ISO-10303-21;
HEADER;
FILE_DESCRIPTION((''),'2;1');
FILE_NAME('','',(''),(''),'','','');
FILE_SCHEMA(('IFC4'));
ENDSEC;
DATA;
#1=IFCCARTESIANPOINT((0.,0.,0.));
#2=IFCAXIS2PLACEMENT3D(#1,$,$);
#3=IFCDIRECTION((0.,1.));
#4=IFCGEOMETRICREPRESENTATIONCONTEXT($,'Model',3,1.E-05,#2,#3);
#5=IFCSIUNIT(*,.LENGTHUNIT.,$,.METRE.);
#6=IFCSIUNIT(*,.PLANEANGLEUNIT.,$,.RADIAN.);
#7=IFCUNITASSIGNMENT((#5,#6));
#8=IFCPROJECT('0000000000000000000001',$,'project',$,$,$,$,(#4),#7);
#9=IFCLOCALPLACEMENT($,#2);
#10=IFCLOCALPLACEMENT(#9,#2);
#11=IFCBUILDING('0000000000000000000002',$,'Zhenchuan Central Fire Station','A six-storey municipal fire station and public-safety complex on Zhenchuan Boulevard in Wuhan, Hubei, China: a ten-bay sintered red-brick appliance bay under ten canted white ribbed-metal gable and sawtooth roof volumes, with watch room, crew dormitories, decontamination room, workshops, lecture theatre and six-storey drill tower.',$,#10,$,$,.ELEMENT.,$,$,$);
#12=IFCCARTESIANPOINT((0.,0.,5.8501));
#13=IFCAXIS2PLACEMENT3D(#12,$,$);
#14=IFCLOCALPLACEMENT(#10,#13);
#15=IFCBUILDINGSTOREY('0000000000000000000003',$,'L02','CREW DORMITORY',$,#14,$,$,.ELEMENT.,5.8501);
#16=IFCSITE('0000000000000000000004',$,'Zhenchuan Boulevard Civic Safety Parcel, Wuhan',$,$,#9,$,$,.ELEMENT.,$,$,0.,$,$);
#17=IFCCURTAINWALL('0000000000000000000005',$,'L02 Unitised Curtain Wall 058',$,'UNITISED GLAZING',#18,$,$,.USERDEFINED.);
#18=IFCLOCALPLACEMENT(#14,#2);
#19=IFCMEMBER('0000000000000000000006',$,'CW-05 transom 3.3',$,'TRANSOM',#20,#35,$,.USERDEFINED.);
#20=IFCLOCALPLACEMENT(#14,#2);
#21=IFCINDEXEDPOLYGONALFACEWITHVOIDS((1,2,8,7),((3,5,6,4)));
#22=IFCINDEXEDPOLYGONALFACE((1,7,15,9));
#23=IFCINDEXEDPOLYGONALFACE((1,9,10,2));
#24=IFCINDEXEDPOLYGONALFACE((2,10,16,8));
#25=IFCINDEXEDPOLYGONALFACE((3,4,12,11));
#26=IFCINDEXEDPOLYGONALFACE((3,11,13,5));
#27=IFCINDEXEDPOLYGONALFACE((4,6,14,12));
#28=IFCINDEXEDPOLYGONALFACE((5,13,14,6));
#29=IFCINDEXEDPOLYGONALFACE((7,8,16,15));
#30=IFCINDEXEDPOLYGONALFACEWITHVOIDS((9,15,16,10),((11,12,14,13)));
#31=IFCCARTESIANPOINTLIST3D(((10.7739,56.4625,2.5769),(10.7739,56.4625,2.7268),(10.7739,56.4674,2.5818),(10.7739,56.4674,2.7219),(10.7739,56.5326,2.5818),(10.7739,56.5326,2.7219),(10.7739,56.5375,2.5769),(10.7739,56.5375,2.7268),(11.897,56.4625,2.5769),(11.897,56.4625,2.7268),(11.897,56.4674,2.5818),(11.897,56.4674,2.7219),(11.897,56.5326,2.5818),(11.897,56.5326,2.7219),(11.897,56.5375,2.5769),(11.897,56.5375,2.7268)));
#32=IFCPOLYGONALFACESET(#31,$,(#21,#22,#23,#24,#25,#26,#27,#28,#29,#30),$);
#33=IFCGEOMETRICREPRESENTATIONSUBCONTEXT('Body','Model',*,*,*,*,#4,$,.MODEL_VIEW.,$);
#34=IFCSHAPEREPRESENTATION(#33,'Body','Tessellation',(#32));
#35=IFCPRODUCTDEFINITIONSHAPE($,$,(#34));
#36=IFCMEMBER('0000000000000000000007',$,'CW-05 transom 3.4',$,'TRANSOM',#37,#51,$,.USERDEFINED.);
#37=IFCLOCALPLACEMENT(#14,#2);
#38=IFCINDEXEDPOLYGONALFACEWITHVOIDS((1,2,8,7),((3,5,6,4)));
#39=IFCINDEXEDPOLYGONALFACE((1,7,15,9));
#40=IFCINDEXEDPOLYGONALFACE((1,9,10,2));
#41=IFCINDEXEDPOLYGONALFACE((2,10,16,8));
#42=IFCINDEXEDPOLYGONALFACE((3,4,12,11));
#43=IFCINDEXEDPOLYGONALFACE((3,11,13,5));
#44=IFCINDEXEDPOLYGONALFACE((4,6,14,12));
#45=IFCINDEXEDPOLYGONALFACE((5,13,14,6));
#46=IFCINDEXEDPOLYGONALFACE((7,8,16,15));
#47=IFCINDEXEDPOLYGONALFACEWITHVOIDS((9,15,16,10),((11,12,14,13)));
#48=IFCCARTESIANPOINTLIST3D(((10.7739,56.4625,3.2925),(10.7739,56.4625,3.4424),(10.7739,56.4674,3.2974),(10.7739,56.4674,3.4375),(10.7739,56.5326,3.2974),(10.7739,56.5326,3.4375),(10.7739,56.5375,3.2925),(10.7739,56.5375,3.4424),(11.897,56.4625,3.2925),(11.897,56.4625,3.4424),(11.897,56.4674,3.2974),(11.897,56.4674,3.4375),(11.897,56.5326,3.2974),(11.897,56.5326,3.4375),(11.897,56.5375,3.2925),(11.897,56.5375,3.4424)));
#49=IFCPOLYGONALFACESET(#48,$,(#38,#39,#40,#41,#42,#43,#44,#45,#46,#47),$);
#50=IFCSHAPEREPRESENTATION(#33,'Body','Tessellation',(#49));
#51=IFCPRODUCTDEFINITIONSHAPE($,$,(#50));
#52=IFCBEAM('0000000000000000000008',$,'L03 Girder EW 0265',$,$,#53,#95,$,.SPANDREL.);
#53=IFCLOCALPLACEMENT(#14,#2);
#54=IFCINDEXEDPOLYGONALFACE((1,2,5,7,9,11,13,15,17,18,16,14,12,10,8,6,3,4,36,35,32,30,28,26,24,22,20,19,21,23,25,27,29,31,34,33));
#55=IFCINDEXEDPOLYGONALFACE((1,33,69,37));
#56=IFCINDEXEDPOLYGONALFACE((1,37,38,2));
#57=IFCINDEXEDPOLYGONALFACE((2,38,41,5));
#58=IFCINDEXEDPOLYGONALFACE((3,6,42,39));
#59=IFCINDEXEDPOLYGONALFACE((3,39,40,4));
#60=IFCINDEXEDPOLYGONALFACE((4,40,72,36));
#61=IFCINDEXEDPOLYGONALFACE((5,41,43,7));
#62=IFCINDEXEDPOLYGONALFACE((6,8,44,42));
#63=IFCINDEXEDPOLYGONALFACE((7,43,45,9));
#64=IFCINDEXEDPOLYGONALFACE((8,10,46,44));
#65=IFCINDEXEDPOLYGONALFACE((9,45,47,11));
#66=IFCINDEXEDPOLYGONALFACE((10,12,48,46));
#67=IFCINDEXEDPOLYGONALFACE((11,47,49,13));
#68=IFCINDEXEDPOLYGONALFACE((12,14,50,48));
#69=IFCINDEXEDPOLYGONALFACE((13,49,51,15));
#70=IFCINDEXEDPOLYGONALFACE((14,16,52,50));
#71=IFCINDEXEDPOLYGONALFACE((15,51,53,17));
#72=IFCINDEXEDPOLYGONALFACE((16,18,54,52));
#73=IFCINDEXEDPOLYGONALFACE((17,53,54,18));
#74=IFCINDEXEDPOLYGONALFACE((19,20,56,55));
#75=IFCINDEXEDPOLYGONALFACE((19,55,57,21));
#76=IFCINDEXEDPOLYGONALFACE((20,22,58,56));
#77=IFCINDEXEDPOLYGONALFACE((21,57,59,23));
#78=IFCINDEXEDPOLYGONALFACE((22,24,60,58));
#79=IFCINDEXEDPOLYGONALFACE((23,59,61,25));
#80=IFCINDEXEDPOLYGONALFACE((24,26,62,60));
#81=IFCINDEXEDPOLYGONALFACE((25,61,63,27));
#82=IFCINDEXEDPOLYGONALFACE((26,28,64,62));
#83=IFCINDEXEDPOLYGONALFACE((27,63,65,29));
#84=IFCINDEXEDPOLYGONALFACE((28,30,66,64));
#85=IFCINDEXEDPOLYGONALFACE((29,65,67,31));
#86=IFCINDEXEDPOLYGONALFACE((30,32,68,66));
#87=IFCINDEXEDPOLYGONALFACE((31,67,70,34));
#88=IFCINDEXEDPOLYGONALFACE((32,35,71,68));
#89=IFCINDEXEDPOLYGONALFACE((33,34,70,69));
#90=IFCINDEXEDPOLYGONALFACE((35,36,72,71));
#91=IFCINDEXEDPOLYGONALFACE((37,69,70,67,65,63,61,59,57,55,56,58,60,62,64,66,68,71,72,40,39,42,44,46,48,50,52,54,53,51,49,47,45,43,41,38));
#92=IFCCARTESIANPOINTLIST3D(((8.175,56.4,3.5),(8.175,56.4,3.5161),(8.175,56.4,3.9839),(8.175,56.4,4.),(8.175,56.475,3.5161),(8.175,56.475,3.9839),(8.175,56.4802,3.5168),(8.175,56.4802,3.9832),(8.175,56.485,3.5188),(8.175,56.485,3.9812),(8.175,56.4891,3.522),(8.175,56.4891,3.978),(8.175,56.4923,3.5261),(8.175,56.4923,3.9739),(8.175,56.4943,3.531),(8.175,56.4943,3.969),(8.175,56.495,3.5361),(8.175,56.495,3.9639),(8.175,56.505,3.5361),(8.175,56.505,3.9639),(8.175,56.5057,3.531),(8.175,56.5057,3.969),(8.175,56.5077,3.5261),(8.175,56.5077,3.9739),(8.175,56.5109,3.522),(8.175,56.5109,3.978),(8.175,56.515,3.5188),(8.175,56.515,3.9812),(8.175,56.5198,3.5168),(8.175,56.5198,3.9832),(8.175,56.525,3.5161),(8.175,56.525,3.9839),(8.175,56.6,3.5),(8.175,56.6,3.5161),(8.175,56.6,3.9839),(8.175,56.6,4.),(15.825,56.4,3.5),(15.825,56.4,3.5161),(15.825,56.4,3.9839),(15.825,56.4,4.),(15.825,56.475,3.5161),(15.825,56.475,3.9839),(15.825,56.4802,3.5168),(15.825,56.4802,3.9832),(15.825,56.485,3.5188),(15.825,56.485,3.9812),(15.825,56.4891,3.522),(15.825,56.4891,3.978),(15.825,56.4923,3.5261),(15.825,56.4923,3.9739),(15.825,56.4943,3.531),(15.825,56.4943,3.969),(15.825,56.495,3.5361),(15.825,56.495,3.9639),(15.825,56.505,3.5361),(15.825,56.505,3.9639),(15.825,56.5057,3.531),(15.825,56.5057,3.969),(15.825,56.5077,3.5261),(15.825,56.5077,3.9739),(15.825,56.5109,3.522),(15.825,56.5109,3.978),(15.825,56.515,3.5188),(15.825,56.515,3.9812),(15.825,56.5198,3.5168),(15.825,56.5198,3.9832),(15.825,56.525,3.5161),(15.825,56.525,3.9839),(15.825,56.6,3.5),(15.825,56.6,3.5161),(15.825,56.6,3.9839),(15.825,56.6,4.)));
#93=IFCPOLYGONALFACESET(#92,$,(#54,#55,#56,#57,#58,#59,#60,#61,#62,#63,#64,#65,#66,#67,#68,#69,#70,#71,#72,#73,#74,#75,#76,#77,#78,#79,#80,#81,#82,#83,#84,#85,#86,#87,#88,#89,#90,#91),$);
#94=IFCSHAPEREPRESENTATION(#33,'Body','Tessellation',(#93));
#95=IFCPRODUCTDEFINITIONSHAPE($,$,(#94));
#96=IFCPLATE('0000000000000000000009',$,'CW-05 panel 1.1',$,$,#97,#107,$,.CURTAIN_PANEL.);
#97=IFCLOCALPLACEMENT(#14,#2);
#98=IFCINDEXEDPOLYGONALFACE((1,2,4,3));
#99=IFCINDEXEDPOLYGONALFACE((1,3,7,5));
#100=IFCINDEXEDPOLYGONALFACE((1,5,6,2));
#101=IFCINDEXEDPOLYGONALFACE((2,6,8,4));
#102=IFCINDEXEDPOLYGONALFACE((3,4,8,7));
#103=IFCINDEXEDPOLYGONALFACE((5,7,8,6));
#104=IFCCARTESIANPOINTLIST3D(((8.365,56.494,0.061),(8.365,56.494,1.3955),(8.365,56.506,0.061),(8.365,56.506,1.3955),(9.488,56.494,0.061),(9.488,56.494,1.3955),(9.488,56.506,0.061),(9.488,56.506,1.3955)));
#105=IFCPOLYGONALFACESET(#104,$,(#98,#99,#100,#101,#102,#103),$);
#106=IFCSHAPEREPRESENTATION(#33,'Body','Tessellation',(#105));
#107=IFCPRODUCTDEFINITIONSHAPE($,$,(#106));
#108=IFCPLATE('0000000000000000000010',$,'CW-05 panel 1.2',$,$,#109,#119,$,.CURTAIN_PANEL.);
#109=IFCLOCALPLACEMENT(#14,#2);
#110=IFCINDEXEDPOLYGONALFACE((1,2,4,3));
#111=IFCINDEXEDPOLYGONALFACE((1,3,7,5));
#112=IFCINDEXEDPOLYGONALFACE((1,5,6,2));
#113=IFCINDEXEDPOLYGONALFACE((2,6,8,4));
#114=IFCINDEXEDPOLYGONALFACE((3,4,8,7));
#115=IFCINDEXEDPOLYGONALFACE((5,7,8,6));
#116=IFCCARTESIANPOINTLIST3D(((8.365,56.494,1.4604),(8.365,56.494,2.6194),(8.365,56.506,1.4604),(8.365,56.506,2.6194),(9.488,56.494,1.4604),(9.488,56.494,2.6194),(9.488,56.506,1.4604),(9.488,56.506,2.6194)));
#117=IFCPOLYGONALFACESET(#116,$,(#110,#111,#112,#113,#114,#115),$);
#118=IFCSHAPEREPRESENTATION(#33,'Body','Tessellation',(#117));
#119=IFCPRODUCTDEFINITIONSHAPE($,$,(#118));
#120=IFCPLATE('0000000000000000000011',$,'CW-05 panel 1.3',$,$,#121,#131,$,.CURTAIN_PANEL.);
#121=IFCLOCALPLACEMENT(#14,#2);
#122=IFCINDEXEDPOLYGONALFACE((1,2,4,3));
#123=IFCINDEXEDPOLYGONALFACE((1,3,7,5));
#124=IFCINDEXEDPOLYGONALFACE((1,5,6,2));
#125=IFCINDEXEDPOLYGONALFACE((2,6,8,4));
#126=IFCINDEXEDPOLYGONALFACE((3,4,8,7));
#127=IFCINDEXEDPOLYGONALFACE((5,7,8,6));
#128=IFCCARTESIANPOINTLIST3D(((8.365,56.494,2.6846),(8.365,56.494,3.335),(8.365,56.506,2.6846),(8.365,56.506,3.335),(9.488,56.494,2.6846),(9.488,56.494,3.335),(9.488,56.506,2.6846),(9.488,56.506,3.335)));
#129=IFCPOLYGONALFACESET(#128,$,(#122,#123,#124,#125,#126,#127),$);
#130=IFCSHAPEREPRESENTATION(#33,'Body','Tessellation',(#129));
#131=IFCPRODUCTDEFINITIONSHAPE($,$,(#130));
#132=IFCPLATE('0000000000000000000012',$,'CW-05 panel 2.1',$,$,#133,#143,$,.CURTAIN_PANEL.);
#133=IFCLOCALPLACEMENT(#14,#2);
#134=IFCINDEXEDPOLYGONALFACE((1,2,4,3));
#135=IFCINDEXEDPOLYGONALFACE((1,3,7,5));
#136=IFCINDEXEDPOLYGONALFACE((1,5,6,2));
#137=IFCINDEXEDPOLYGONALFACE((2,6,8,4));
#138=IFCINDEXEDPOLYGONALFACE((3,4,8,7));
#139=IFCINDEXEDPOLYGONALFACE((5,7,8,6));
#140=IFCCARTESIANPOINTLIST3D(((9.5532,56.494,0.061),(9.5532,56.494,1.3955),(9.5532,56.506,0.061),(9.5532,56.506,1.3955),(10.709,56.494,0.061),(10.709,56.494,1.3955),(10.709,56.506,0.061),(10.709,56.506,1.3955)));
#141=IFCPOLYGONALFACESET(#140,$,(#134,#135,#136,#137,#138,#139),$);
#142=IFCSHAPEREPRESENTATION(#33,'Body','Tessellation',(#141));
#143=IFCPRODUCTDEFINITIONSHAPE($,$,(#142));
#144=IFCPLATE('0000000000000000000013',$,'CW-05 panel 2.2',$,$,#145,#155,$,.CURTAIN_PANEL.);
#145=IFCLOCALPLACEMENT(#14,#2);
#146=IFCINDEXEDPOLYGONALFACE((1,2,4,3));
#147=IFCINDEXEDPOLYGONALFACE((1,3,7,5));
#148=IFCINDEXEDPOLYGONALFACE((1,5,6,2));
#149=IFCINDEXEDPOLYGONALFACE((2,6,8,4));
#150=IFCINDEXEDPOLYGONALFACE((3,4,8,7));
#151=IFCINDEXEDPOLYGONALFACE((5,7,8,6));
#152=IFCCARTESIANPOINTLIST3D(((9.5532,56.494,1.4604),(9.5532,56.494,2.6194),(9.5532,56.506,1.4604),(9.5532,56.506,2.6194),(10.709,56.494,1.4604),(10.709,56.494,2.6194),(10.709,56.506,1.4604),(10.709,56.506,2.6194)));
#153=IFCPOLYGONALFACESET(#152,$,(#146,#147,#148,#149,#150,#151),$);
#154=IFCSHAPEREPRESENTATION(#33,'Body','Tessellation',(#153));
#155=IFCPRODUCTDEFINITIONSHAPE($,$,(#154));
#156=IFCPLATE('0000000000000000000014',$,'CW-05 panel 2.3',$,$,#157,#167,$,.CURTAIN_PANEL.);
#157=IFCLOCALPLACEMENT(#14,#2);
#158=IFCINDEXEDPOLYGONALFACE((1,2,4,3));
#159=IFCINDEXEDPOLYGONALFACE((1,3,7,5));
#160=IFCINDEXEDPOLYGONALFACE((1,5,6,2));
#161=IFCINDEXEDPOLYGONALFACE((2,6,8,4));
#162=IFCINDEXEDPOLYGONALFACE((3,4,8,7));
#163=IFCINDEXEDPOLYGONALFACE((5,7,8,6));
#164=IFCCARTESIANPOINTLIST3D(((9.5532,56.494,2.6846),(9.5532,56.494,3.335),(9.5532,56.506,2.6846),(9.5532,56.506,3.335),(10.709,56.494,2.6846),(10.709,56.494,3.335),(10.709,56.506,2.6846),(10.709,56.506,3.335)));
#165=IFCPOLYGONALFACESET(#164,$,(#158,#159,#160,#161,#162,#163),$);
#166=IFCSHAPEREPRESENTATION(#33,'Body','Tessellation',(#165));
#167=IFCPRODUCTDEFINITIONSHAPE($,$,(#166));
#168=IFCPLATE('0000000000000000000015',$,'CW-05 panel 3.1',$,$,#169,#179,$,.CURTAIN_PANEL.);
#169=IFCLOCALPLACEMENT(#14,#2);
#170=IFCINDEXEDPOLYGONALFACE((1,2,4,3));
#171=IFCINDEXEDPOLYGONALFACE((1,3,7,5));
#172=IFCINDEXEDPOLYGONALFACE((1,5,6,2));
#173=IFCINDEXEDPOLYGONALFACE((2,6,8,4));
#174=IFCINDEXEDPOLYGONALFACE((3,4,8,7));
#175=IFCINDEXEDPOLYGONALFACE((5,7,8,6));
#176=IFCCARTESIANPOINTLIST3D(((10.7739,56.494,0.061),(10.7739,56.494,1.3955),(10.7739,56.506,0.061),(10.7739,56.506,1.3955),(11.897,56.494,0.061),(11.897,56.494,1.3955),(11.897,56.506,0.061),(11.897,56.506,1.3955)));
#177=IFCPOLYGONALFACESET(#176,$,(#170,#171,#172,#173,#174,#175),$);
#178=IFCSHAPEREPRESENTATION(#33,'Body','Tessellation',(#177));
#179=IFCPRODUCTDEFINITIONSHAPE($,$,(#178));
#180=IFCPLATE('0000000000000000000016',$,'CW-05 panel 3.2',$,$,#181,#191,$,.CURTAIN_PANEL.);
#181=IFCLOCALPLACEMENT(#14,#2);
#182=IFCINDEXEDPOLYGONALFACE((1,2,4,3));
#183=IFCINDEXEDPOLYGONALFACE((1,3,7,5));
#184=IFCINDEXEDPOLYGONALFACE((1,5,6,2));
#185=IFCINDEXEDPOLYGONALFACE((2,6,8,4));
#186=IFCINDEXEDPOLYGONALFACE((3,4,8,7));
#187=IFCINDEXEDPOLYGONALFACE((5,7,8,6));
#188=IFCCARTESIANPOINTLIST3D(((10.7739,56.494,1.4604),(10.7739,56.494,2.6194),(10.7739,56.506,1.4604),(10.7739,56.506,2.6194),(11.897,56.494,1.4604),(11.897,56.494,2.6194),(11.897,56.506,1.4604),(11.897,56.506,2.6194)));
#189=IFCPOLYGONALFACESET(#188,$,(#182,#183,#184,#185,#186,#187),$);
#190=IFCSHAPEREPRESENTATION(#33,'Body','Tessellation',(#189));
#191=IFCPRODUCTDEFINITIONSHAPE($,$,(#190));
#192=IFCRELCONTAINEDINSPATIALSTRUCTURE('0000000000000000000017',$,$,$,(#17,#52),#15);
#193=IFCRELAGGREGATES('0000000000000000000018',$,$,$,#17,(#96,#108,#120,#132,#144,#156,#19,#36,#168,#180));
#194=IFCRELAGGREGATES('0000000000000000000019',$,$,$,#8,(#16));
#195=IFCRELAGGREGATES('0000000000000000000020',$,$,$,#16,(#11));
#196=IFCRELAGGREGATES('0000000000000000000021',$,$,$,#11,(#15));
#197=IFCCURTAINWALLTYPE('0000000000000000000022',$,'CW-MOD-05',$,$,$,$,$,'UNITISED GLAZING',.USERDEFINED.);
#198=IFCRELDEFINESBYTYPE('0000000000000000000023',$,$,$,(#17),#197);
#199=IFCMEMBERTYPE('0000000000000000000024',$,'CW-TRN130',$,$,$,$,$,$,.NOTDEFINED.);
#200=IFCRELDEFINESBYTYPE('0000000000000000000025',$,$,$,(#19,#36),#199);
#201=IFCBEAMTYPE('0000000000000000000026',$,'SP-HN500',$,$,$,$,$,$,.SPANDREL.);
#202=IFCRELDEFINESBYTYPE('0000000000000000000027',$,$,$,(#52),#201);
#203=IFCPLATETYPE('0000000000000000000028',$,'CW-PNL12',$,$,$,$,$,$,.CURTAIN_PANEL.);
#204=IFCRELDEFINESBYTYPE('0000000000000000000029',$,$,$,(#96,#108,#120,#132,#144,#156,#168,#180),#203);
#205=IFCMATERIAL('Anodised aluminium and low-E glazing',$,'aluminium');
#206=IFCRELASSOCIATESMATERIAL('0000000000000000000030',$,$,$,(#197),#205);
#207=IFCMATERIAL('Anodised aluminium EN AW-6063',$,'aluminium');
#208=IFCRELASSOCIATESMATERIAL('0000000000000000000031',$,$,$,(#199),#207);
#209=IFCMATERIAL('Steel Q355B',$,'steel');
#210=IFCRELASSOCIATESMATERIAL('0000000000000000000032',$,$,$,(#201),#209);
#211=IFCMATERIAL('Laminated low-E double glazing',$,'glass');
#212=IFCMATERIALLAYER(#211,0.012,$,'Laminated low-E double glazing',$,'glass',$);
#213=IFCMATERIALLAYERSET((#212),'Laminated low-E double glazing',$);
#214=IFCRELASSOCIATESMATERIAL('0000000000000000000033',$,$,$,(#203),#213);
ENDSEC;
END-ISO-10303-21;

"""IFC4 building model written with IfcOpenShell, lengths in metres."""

from ifc_helpers import new_model, si_unit, direction, frame, origin, origin_2d, place, context, subcontext, project, spatial, rectangle, hollow_rectangle, i_section, extrude, material, layer, layer_set, material_profile, profile_set, type_object, element, aggregate, save


model = new_model("IFC4")

# Units and contexts
model_context = context("Model", 3, precision=1e-05, world=origin(), true_north=direction((0.0, 1.0)))
body_context = subcontext(model_context, "Body", "Model", "MODEL_VIEW")
ifc_project = project(units=[si_unit("LENGTHUNIT", "METRE"), si_unit("PLANEANGLEUNIT", "RADIAN")], contexts=[model_context])

# Site, building, storey
site_placement = place(None, origin())
site = spatial("IfcSite", under=ifc_project, at=site_placement, Name="Zhenchuan Boulevard Civic Safety Parcel, Wuhan", CompositionType="ELEMENT", RefElevation=0.0)
building_placement = place(site_placement, origin())
building = spatial("IfcBuilding", under=site, at=building_placement, Name="Zhenchuan Central Fire Station", Description="A six-storey municipal fire station and public-safety complex on Zhenchuan Boulevard in Wuhan, Hubei, China: a ten-bay sintered red-brick appliance bay under ten canted white ribbed-metal gable and sawtooth roof volumes, with watch room, crew dormitories, decontamination room, workshops, lecture theatre and six-storey drill tower.", CompositionType="ELEMENT")
storey_placement = place(building_placement, frame((0.0, 0.0, 5.8501)))
storey = spatial("IfcBuildingStorey", under=building, at=storey_placement, Name="L02", Description="CREW DORMITORY", CompositionType="ELEMENT", Elevation=5.8501)

# Shared definitions
ifc_material_1 = material(Name="Steel Q355B", Category="steel")

# Curtain wall, members
ifc_material_2 = material(Name="Anodised aluminium and low-E glazing", Category="aluminium")
curtain_wall_type = type_object("IfcCurtainWallType", Name="CW-MOD-05", ElementType="UNITISED GLAZING", PredefinedType="USERDEFINED", material=ifc_material_2)
curtain_wall_placement = place(storey_placement, origin())
curtain_wall = element("IfcCurtainWall", 1, at=curtain_wall_placement, inside=storey, type_object=curtain_wall_type, Name="L02 Unitised Curtain Wall 058", ObjectType="UNITISED GLAZING", PredefinedType="USERDEFINED")
ifc_material_3 = material(Name="Anodised aluminium EN AW-6063", Category="aluminium")
ifc_material_profile_1 = material_profile(ifc_material_3, hollow_rectangle(XDim=0.075, YDim=0.1499, WallThickness=0.0049, at=origin_2d()), Name="ALU-T 150x75")
ifc_profile_set_1 = profile_set([ifc_material_profile_1], Name="Anodised aluminium EN AW-6063")
member_type_1 = type_object("IfcMemberType", Name="CW-TRN130", PredefinedType="NOTDEFINED", material=ifc_profile_set_1)
member_1_placement = place(storey_placement, frame((10.7739, 56.5, 2.6519), z_axis=(1.0, 0.0, 0.0), x_axis=(0.0, 1.0, 0.0)))
member_1 = element("IfcMember", 2, at=member_1_placement, type_object=member_type_1, Name="CW-05 transom 3.3", ObjectType="TRANSOM", PredefinedType="USERDEFINED", context=body_context, shape_type="SweptSolid", body=[
    extrude(hollow_rectangle(XDim=0.075, YDim=0.1499, WallThickness=0.0049, at=origin_2d()), origin(), (0.0, 0.0, 1.0), 1.123),
])
member_2_placement = place(storey_placement, frame((10.7739, 56.5, 3.3674), z_axis=(1.0, 0.0, 0.0), x_axis=(0.0, 1.0, 0.0)))
member_2 = element("IfcMember", 3, at=member_2_placement, type_object=member_type_1, Name="CW-05 transom 3.4", ObjectType="TRANSOM", PredefinedType="USERDEFINED", context=body_context, shape_type="SweptSolid", body=[
    extrude(hollow_rectangle(XDim=0.075, YDim=0.1499, WallThickness=0.0049, at=origin_2d()), origin(), (0.0, 0.0, 1.0), 1.123),
])

# Beam
ifc_material_profile_2 = material_profile(ifc_material_1, i_section(OverallWidth=0.2, OverallDepth=0.5, WebThickness=0.01, FlangeThickness=0.0161, FilletRadius=0.02, at=origin_2d()), Name="HN 500x200")
ifc_profile_set_2 = profile_set([ifc_material_profile_2], Name="Steel Q355B")
beam_type_1 = type_object("IfcBeamType", Name="SP-HN500", PredefinedType="SPANDREL", material=ifc_profile_set_2)
beam_1_placement = place(storey_placement, frame((8.175, 56.5, 3.75), z_axis=(1.0, 0.0, 0.0), x_axis=(0.0, 1.0, 0.0)))
element("IfcBeam", 4, at=beam_1_placement, inside=storey, type_object=beam_type_1, Name="L03 Girder EW 0265", PredefinedType="SPANDREL", context=body_context, shape_type="SweptSolid", body=[
    extrude(i_section(OverallWidth=0.2, OverallDepth=0.5, WebThickness=0.01, FlangeThickness=0.0161, FilletRadius=0.02, at=origin_2d()), origin(), (0.0, 0.0, 1.0), 7.6499),
])

# Plates
ifc_material_4 = material(Name="Laminated low-E double glazing", Category="glass")
ifc_layer_1 = layer(ifc_material_4, 0.012, Name="Laminated low-E double glazing", Category="glass")
ifc_layer_set_1 = layer_set([ifc_layer_1], Name="Laminated low-E double glazing")
plate_type = type_object("IfcPlateType", Name="CW-PNL12", PredefinedType="CURTAIN_PANEL", material=ifc_layer_set_1)
plate_1_placement = place(storey_placement, frame((8.9265, 56.5, 0.061), z_axis=(0.0, 0.0, 1.0), x_axis=(1.0, 0.0, 0.0)))
plate_1 = element("IfcPlate", 5, at=plate_1_placement, type_object=plate_type, Name="CW-05 panel 1.1", PredefinedType="CURTAIN_PANEL", context=body_context, shape_type="SweptSolid", body=[
    extrude(rectangle(XDim=1.123, YDim=0.012, at=origin_2d()), origin(), (0.0, 0.0, 1.0), 1.3345),
])
plate_2_placement = place(storey_placement, frame((8.9265, 56.5, 1.4604), z_axis=(0.0, 0.0, 1.0), x_axis=(1.0, 0.0, 0.0)))
plate_2 = element("IfcPlate", 6, at=plate_2_placement, type_object=plate_type, Name="CW-05 panel 1.2", PredefinedType="CURTAIN_PANEL", context=body_context, shape_type="SweptSolid", body=[
    extrude(rectangle(XDim=1.123, YDim=0.012, at=origin_2d()), origin(), (0.0, 0.0, 1.0), 1.1589),
])
plate_3_placement = place(storey_placement, frame((8.9265, 56.5, 2.6846), z_axis=(0.0, 0.0, 1.0), x_axis=(1.0, 0.0, 0.0)))
plate_3 = element("IfcPlate", 7, at=plate_3_placement, type_object=plate_type, Name="CW-05 panel 1.3", PredefinedType="CURTAIN_PANEL", context=body_context, shape_type="SweptSolid", body=[
    extrude(rectangle(XDim=1.123, YDim=0.012, at=origin_2d()), origin(), (0.0, 0.0, 1.0), 0.6504),
])
plate_4_placement = place(storey_placement, frame((10.1311, 56.5, 0.061), z_axis=(0.0, 0.0, 1.0), x_axis=(1.0, 0.0, 0.0)))
plate_4 = element("IfcPlate", 8, at=plate_4_placement, type_object=plate_type, Name="CW-05 panel 2.1", PredefinedType="CURTAIN_PANEL", context=body_context, shape_type="SweptSolid", body=[
    extrude(rectangle(XDim=1.1558, YDim=0.012, at=origin_2d()), origin(), (0.0, 0.0, 1.0), 1.3345),
])
plate_5_placement = place(storey_placement, frame((10.1311, 56.5, 1.4604), z_axis=(0.0, 0.0, 1.0), x_axis=(1.0, 0.0, 0.0)))
plate_5 = element("IfcPlate", 9, at=plate_5_placement, type_object=plate_type, Name="CW-05 panel 2.2", PredefinedType="CURTAIN_PANEL", context=body_context, shape_type="SweptSolid", body=[
    extrude(rectangle(XDim=1.1558, YDim=0.012, at=origin_2d()), origin(), (0.0, 0.0, 1.0), 1.1589),
])
plate_6_placement = place(storey_placement, frame((10.1311, 56.5, 2.6846), z_axis=(0.0, 0.0, 1.0), x_axis=(1.0, 0.0, 0.0)))
plate_6 = element("IfcPlate", 10, at=plate_6_placement, type_object=plate_type, Name="CW-05 panel 2.3", PredefinedType="CURTAIN_PANEL", context=body_context, shape_type="SweptSolid", body=[
    extrude(rectangle(XDim=1.1558, YDim=0.012, at=origin_2d()), origin(), (0.0, 0.0, 1.0), 0.6504),
])
plate_7_placement = place(storey_placement, frame((11.3354, 56.5, 0.061), z_axis=(0.0, 0.0, 1.0), x_axis=(1.0, 0.0, 0.0)))
plate_7 = element("IfcPlate", 11, at=plate_7_placement, type_object=plate_type, Name="CW-05 panel 3.1", PredefinedType="CURTAIN_PANEL", context=body_context, shape_type="SweptSolid", body=[
    extrude(rectangle(XDim=1.123, YDim=0.012, at=origin_2d()), origin(), (0.0, 0.0, 1.0), 1.3345),
])
plate_8_placement = place(storey_placement, frame((11.3354, 56.5, 1.4604), z_axis=(0.0, 0.0, 1.0), x_axis=(1.0, 0.0, 0.0)))
plate_8 = element("IfcPlate", 12, at=plate_8_placement, type_object=plate_type, Name="CW-05 panel 3.2", PredefinedType="CURTAIN_PANEL", context=body_context, shape_type="SweptSolid", body=[
    extrude(rectangle(XDim=1.123, YDim=0.012, at=origin_2d()), origin(), (0.0, 0.0, 1.0), 1.1589),
])
aggregate(curtain_wall, [plate_1, plate_2, plate_3, plate_4, plate_5, plate_6, member_1, member_2, plate_7, plate_8])

save(model, "model.ifc")
